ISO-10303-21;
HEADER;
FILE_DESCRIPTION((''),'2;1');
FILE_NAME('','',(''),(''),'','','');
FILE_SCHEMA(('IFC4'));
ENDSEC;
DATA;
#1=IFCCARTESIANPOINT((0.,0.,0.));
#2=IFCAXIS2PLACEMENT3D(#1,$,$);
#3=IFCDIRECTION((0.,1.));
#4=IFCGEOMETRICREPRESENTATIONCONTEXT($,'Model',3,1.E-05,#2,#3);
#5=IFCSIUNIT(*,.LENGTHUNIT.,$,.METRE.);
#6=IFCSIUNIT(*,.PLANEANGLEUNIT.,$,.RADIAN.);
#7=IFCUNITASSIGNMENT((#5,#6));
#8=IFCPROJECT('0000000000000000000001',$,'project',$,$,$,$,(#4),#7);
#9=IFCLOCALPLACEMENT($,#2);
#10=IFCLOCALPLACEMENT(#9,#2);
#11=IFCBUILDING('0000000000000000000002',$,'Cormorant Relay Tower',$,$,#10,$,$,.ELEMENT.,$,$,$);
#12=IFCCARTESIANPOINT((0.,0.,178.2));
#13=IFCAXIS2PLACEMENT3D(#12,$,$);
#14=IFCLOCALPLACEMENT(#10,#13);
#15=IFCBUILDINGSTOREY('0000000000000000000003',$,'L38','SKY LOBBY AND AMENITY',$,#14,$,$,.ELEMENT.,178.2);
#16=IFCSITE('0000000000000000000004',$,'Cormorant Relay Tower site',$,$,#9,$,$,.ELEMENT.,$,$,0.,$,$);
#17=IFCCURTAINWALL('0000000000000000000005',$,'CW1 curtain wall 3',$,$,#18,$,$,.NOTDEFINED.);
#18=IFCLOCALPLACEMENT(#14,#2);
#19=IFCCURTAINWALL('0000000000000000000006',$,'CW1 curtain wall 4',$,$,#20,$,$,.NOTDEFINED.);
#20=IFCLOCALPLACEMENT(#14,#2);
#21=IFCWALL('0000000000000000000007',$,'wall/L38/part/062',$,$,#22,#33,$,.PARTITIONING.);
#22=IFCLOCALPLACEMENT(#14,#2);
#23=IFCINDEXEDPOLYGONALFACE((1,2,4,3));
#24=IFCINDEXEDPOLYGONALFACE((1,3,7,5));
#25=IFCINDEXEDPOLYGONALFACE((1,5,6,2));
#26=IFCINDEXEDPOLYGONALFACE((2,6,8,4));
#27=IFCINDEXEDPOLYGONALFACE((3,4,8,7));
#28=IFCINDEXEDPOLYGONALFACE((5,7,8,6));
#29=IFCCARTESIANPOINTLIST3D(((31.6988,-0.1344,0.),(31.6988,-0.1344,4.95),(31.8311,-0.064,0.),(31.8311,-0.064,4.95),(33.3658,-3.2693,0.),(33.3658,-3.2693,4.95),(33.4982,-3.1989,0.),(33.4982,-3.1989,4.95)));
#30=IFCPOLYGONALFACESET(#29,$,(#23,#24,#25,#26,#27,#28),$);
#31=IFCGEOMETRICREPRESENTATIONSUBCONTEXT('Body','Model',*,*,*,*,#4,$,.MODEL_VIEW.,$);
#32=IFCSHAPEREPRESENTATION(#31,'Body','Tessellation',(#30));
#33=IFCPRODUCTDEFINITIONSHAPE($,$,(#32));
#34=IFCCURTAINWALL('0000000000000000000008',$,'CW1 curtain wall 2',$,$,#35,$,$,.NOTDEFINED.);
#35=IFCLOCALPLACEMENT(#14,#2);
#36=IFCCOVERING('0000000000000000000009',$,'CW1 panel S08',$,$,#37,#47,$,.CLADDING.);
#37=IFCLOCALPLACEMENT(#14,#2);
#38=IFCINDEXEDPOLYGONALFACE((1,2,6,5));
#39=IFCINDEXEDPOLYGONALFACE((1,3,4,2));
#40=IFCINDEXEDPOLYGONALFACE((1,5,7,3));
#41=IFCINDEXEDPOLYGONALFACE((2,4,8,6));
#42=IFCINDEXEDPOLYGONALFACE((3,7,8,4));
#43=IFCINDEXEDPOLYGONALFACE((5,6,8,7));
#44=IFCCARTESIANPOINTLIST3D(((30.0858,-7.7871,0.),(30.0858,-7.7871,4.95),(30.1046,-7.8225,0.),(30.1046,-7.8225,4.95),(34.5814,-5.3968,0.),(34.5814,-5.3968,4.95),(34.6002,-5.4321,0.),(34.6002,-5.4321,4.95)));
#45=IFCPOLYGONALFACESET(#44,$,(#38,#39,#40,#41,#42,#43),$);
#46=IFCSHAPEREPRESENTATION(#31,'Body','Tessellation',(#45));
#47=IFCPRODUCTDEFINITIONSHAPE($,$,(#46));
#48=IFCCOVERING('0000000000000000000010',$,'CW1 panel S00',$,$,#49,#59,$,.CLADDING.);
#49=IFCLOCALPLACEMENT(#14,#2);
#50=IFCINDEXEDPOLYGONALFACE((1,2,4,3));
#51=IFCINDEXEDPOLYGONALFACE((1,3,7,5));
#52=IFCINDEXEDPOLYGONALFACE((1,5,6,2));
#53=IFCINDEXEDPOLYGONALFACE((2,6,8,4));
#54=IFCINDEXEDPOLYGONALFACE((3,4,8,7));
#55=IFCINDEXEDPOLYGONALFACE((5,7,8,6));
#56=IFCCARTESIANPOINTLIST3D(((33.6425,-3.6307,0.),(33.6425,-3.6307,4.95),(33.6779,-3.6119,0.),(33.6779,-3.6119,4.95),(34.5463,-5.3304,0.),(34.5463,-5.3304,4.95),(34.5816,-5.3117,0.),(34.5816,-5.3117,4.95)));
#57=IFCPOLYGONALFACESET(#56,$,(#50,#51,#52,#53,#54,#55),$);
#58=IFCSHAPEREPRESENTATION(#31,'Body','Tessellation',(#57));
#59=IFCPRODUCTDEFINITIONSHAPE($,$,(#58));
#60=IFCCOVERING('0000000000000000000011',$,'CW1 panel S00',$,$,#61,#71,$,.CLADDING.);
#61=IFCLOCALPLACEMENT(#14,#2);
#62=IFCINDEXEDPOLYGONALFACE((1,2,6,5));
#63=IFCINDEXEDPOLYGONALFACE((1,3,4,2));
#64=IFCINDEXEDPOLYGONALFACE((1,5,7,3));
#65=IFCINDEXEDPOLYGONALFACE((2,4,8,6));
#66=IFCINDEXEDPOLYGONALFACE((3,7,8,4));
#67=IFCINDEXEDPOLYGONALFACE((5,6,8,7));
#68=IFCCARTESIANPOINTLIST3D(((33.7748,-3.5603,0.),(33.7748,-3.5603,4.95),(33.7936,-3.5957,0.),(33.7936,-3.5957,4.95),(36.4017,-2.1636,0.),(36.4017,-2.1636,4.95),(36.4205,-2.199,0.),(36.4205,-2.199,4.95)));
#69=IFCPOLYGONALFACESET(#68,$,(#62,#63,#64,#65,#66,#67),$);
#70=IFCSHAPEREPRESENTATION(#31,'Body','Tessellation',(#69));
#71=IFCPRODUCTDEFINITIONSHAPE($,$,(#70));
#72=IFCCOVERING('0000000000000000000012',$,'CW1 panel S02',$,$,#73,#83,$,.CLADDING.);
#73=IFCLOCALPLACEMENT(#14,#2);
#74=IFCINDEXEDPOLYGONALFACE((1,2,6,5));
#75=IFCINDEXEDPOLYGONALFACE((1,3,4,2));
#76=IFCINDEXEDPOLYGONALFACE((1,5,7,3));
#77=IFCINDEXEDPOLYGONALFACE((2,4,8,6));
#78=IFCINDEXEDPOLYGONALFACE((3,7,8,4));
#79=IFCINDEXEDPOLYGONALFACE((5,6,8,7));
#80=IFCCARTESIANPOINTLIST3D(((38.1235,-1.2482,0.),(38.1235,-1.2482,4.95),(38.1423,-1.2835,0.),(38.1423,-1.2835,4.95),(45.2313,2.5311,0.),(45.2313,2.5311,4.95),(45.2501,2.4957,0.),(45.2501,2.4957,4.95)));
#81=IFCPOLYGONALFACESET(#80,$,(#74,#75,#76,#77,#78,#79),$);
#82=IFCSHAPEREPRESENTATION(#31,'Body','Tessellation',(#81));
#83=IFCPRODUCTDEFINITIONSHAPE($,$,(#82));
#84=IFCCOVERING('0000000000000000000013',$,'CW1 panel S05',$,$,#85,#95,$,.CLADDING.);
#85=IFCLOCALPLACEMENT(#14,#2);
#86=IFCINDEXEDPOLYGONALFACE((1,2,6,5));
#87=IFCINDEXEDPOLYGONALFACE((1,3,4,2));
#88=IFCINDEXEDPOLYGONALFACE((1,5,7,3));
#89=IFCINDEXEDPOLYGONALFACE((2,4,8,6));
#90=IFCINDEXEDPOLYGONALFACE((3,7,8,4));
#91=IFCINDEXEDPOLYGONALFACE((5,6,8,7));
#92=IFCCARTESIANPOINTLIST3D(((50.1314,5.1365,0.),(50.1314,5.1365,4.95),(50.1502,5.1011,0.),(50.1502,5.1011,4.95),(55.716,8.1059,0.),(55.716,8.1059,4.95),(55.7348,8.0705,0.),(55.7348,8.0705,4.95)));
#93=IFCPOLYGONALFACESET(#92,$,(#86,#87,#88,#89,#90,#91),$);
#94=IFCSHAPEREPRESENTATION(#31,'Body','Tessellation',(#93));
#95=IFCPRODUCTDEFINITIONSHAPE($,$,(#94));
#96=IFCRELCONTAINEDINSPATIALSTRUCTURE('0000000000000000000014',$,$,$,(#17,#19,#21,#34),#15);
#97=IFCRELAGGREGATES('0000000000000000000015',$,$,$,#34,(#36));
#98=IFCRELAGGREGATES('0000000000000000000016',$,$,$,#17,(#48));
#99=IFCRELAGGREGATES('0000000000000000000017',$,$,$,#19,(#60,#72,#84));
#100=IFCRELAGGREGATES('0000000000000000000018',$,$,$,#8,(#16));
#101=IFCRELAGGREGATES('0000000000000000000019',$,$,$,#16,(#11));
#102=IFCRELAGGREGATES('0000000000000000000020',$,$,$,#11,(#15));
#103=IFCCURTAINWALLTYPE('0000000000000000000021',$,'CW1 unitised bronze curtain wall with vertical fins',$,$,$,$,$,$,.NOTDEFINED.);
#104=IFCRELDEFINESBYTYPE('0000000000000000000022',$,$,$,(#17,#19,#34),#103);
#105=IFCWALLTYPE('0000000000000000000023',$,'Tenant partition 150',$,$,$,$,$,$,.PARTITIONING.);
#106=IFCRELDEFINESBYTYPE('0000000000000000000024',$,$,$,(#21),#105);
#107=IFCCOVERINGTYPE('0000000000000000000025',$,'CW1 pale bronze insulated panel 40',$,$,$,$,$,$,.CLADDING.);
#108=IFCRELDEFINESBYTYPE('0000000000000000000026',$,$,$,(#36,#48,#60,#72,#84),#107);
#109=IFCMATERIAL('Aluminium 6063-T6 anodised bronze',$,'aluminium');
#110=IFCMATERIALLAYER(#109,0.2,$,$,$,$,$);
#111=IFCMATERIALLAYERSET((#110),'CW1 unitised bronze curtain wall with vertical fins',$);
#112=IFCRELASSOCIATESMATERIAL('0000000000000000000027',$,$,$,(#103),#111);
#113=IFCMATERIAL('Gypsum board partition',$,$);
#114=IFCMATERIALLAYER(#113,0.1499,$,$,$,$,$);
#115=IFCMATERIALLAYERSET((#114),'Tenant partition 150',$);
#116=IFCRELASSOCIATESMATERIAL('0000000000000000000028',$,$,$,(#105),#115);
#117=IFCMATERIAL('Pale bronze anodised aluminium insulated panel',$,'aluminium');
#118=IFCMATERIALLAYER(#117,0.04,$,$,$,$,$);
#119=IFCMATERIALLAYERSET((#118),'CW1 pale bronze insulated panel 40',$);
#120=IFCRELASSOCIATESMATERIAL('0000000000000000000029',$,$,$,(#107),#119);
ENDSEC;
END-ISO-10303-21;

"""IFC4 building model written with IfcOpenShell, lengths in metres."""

from ifc_helpers import new_model, si_unit, direction, frame, frame_2d, origin, origin_2d, place, context, subcontext, project, spatial, rectangle, extrude, material, layer, layer_set, type_object, element, aggregate, save


model = new_model("IFC4")

# Units and contexts
model_context = context("Model", 3, precision=1e-05, world=origin(), true_north=direction((0.0, 1.0)))
body_context = subcontext(model_context, "Body", "Model", "MODEL_VIEW")
ifc_project = project(units=[si_unit("LENGTHUNIT", "METRE"), si_unit("PLANEANGLEUNIT", "RADIAN")], contexts=[model_context])

# Site, building, storey
site_placement = place(None, origin())
site = spatial("IfcSite", under=ifc_project, at=site_placement, Name="Cormorant Relay Tower site", CompositionType="ELEMENT", RefElevation=0.0)
building_placement = place(site_placement, origin())
building = spatial("IfcBuilding", under=site, at=building_placement, Name="Cormorant Relay Tower", CompositionType="ELEMENT")
storey_placement = place(building_placement, frame((0.0, 0.0, 178.2)))
storey = spatial("IfcBuildingStorey", under=building, at=storey_placement, Name="L38", Description="SKY LOBBY AND AMENITY", CompositionType="ELEMENT", Elevation=178.2)

# Curtain wall
ifc_material_1 = material(Name="Aluminium 6063-T6 anodised bronze", Category="aluminium")
ifc_layer_1 = layer(ifc_material_1, 0.2)
ifc_layer_set_1 = layer_set([ifc_layer_1], Name="CW1 unitised bronze curtain wall with vertical fins")
curtain_wall_type = type_object("IfcCurtainWallType", Name="CW1 unitised bronze curtain wall with vertical fins", PredefinedType="NOTDEFINED", material=ifc_layer_set_1)
curtain_wall_1_placement = place(storey_placement, origin())
curtain_wall_1 = element("IfcCurtainWall", 1, at=curtain_wall_1_placement, inside=storey, type_object=curtain_wall_type, Name="CW1 curtain wall 3", PredefinedType="NOTDEFINED")

# Curtain wall
curtain_wall_2_placement = place(storey_placement, origin())
curtain_wall_2 = element("IfcCurtainWall", 2, at=curtain_wall_2_placement, inside=storey, type_object=curtain_wall_type, Name="CW1 curtain wall 4", PredefinedType="NOTDEFINED")

# Wall
ifc_material_2 = material(Name="Gypsum board partition")
ifc_layer_2 = layer(ifc_material_2, 0.1499)
ifc_layer_set_2 = layer_set([ifc_layer_2], Name="Tenant partition 150")
wall_type_1 = type_object("IfcWallType", Name="Tenant partition 150", PredefinedType="PARTITIONING", material=ifc_layer_set_2)
wall_1_placement = place(storey_placement, frame((31.7649, -0.0991, 0.0), z_axis=(0.0, 0.0, 1.0), x_axis=(0.469517, -0.882923, 0.0)))
element("IfcWall", 3, at=wall_1_placement, inside=storey, type_object=wall_type_1, Name="wall/L38/part/062", PredefinedType="PARTITIONING", context=body_context, shape_type="SweptSolid", body=[
    extrude(rectangle(XDim=3.5505, YDim=0.1499, at=frame_2d((1.7754, 0.0))), origin(), (0.0, 0.0, 1.0), 4.95),
])

# Curtain wall, covering
curtain_wall_3_placement = place(storey_placement, origin())
curtain_wall_3 = element("IfcCurtainWall", 4, at=curtain_wall_3_placement, inside=storey, type_object=curtain_wall_type, Name="CW1 curtain wall 2", PredefinedType="NOTDEFINED")
ifc_material_3 = material(Name="Pale bronze anodised aluminium insulated panel", Category="aluminium")
ifc_layer_3 = layer(ifc_material_3, 0.04)
ifc_layer_set_3 = layer_set([ifc_layer_3], Name="CW1 pale bronze insulated panel 40")
covering_type = type_object("IfcCoveringType", Name="CW1 pale bronze insulated panel 40", PredefinedType="CLADDING", material=ifc_layer_set_3)
covering_1_placement = place(storey_placement, frame((32.343, -6.6096, 0.0), z_axis=(0.0, 0.0, 1.0), x_axis=(0.882948, 0.469472, 0.0)))
covering_1 = element("IfcCovering", 5, at=covering_1_placement, type_object=covering_type, Name="CW1 panel S08", PredefinedType="CLADDING", context=body_context, shape_type="SweptSolid", body=[
    extrude(rectangle(XDim=5.0916, YDim=0.04, at=origin_2d()), origin(), (0.0, 0.0, 1.0), 4.95),
])
aggregate(curtain_wall_3, [covering_1])

# Coverings
covering_2_placement = place(storey_placement, frame((34.1121, -4.4712, 0.0), z_axis=(0.0, 0.0, 1.0), x_axis=(-0.469472, 0.882948, 0.0)))
covering_2 = element("IfcCovering", 6, at=covering_2_placement, type_object=covering_type, Name="CW1 panel S00", PredefinedType="CLADDING", context=body_context, shape_type="SweptSolid", body=[
    extrude(rectangle(XDim=1.925, YDim=0.04, at=origin_2d()), origin(), (0.0, 0.0, 1.0), 4.95),
])
aggregate(curtain_wall_1, [covering_2])
covering_3_placement = place(storey_placement, frame((35.0977, -2.8796, 0.0), z_axis=(0.0, 0.0, 1.0), x_axis=(0.882948, 0.469472, 0.0)))
covering_3 = element("IfcCovering", 7, at=covering_3_placement, type_object=covering_type, Name="CW1 panel S00", PredefinedType="CLADDING", context=body_context, shape_type="SweptSolid", body=[
    extrude(rectangle(XDim=2.9751, YDim=0.04, at=origin_2d()), origin(), (0.0, 0.0, 1.0), 4.95),
])
covering_4_placement = place(storey_placement, frame((41.6868, 0.6238, 0.0), z_axis=(0.0, 0.0, 1.0), x_axis=(0.882948, 0.469472, 0.0)))
covering_4 = element("IfcCovering", 8, at=covering_4_placement, type_object=covering_type, Name="CW1 panel S02", PredefinedType="CLADDING", context=body_context, shape_type="SweptSolid", body=[
    extrude(rectangle(XDim=8.05, YDim=0.04, at=origin_2d()), origin(), (0.0, 0.0, 1.0), 4.95),
])
covering_5_placement = place(storey_placement, frame((52.9331, 6.6035, 0.0), z_axis=(0.0, 0.0, 1.0), x_axis=(0.882948, 0.469472, 0.0)))
covering_5 = element("IfcCovering", 9, at=covering_5_placement, type_object=covering_type, Name="CW1 panel S05", PredefinedType="CLADDING", context=body_context, shape_type="SweptSolid", body=[
    extrude(rectangle(XDim=6.325, YDim=0.04, at=origin_2d()), origin(), (0.0, 0.0, 1.0), 4.95),
])
aggregate(curtain_wall_2, [covering_3, covering_4, covering_5])

save(model, "model.ifc")
